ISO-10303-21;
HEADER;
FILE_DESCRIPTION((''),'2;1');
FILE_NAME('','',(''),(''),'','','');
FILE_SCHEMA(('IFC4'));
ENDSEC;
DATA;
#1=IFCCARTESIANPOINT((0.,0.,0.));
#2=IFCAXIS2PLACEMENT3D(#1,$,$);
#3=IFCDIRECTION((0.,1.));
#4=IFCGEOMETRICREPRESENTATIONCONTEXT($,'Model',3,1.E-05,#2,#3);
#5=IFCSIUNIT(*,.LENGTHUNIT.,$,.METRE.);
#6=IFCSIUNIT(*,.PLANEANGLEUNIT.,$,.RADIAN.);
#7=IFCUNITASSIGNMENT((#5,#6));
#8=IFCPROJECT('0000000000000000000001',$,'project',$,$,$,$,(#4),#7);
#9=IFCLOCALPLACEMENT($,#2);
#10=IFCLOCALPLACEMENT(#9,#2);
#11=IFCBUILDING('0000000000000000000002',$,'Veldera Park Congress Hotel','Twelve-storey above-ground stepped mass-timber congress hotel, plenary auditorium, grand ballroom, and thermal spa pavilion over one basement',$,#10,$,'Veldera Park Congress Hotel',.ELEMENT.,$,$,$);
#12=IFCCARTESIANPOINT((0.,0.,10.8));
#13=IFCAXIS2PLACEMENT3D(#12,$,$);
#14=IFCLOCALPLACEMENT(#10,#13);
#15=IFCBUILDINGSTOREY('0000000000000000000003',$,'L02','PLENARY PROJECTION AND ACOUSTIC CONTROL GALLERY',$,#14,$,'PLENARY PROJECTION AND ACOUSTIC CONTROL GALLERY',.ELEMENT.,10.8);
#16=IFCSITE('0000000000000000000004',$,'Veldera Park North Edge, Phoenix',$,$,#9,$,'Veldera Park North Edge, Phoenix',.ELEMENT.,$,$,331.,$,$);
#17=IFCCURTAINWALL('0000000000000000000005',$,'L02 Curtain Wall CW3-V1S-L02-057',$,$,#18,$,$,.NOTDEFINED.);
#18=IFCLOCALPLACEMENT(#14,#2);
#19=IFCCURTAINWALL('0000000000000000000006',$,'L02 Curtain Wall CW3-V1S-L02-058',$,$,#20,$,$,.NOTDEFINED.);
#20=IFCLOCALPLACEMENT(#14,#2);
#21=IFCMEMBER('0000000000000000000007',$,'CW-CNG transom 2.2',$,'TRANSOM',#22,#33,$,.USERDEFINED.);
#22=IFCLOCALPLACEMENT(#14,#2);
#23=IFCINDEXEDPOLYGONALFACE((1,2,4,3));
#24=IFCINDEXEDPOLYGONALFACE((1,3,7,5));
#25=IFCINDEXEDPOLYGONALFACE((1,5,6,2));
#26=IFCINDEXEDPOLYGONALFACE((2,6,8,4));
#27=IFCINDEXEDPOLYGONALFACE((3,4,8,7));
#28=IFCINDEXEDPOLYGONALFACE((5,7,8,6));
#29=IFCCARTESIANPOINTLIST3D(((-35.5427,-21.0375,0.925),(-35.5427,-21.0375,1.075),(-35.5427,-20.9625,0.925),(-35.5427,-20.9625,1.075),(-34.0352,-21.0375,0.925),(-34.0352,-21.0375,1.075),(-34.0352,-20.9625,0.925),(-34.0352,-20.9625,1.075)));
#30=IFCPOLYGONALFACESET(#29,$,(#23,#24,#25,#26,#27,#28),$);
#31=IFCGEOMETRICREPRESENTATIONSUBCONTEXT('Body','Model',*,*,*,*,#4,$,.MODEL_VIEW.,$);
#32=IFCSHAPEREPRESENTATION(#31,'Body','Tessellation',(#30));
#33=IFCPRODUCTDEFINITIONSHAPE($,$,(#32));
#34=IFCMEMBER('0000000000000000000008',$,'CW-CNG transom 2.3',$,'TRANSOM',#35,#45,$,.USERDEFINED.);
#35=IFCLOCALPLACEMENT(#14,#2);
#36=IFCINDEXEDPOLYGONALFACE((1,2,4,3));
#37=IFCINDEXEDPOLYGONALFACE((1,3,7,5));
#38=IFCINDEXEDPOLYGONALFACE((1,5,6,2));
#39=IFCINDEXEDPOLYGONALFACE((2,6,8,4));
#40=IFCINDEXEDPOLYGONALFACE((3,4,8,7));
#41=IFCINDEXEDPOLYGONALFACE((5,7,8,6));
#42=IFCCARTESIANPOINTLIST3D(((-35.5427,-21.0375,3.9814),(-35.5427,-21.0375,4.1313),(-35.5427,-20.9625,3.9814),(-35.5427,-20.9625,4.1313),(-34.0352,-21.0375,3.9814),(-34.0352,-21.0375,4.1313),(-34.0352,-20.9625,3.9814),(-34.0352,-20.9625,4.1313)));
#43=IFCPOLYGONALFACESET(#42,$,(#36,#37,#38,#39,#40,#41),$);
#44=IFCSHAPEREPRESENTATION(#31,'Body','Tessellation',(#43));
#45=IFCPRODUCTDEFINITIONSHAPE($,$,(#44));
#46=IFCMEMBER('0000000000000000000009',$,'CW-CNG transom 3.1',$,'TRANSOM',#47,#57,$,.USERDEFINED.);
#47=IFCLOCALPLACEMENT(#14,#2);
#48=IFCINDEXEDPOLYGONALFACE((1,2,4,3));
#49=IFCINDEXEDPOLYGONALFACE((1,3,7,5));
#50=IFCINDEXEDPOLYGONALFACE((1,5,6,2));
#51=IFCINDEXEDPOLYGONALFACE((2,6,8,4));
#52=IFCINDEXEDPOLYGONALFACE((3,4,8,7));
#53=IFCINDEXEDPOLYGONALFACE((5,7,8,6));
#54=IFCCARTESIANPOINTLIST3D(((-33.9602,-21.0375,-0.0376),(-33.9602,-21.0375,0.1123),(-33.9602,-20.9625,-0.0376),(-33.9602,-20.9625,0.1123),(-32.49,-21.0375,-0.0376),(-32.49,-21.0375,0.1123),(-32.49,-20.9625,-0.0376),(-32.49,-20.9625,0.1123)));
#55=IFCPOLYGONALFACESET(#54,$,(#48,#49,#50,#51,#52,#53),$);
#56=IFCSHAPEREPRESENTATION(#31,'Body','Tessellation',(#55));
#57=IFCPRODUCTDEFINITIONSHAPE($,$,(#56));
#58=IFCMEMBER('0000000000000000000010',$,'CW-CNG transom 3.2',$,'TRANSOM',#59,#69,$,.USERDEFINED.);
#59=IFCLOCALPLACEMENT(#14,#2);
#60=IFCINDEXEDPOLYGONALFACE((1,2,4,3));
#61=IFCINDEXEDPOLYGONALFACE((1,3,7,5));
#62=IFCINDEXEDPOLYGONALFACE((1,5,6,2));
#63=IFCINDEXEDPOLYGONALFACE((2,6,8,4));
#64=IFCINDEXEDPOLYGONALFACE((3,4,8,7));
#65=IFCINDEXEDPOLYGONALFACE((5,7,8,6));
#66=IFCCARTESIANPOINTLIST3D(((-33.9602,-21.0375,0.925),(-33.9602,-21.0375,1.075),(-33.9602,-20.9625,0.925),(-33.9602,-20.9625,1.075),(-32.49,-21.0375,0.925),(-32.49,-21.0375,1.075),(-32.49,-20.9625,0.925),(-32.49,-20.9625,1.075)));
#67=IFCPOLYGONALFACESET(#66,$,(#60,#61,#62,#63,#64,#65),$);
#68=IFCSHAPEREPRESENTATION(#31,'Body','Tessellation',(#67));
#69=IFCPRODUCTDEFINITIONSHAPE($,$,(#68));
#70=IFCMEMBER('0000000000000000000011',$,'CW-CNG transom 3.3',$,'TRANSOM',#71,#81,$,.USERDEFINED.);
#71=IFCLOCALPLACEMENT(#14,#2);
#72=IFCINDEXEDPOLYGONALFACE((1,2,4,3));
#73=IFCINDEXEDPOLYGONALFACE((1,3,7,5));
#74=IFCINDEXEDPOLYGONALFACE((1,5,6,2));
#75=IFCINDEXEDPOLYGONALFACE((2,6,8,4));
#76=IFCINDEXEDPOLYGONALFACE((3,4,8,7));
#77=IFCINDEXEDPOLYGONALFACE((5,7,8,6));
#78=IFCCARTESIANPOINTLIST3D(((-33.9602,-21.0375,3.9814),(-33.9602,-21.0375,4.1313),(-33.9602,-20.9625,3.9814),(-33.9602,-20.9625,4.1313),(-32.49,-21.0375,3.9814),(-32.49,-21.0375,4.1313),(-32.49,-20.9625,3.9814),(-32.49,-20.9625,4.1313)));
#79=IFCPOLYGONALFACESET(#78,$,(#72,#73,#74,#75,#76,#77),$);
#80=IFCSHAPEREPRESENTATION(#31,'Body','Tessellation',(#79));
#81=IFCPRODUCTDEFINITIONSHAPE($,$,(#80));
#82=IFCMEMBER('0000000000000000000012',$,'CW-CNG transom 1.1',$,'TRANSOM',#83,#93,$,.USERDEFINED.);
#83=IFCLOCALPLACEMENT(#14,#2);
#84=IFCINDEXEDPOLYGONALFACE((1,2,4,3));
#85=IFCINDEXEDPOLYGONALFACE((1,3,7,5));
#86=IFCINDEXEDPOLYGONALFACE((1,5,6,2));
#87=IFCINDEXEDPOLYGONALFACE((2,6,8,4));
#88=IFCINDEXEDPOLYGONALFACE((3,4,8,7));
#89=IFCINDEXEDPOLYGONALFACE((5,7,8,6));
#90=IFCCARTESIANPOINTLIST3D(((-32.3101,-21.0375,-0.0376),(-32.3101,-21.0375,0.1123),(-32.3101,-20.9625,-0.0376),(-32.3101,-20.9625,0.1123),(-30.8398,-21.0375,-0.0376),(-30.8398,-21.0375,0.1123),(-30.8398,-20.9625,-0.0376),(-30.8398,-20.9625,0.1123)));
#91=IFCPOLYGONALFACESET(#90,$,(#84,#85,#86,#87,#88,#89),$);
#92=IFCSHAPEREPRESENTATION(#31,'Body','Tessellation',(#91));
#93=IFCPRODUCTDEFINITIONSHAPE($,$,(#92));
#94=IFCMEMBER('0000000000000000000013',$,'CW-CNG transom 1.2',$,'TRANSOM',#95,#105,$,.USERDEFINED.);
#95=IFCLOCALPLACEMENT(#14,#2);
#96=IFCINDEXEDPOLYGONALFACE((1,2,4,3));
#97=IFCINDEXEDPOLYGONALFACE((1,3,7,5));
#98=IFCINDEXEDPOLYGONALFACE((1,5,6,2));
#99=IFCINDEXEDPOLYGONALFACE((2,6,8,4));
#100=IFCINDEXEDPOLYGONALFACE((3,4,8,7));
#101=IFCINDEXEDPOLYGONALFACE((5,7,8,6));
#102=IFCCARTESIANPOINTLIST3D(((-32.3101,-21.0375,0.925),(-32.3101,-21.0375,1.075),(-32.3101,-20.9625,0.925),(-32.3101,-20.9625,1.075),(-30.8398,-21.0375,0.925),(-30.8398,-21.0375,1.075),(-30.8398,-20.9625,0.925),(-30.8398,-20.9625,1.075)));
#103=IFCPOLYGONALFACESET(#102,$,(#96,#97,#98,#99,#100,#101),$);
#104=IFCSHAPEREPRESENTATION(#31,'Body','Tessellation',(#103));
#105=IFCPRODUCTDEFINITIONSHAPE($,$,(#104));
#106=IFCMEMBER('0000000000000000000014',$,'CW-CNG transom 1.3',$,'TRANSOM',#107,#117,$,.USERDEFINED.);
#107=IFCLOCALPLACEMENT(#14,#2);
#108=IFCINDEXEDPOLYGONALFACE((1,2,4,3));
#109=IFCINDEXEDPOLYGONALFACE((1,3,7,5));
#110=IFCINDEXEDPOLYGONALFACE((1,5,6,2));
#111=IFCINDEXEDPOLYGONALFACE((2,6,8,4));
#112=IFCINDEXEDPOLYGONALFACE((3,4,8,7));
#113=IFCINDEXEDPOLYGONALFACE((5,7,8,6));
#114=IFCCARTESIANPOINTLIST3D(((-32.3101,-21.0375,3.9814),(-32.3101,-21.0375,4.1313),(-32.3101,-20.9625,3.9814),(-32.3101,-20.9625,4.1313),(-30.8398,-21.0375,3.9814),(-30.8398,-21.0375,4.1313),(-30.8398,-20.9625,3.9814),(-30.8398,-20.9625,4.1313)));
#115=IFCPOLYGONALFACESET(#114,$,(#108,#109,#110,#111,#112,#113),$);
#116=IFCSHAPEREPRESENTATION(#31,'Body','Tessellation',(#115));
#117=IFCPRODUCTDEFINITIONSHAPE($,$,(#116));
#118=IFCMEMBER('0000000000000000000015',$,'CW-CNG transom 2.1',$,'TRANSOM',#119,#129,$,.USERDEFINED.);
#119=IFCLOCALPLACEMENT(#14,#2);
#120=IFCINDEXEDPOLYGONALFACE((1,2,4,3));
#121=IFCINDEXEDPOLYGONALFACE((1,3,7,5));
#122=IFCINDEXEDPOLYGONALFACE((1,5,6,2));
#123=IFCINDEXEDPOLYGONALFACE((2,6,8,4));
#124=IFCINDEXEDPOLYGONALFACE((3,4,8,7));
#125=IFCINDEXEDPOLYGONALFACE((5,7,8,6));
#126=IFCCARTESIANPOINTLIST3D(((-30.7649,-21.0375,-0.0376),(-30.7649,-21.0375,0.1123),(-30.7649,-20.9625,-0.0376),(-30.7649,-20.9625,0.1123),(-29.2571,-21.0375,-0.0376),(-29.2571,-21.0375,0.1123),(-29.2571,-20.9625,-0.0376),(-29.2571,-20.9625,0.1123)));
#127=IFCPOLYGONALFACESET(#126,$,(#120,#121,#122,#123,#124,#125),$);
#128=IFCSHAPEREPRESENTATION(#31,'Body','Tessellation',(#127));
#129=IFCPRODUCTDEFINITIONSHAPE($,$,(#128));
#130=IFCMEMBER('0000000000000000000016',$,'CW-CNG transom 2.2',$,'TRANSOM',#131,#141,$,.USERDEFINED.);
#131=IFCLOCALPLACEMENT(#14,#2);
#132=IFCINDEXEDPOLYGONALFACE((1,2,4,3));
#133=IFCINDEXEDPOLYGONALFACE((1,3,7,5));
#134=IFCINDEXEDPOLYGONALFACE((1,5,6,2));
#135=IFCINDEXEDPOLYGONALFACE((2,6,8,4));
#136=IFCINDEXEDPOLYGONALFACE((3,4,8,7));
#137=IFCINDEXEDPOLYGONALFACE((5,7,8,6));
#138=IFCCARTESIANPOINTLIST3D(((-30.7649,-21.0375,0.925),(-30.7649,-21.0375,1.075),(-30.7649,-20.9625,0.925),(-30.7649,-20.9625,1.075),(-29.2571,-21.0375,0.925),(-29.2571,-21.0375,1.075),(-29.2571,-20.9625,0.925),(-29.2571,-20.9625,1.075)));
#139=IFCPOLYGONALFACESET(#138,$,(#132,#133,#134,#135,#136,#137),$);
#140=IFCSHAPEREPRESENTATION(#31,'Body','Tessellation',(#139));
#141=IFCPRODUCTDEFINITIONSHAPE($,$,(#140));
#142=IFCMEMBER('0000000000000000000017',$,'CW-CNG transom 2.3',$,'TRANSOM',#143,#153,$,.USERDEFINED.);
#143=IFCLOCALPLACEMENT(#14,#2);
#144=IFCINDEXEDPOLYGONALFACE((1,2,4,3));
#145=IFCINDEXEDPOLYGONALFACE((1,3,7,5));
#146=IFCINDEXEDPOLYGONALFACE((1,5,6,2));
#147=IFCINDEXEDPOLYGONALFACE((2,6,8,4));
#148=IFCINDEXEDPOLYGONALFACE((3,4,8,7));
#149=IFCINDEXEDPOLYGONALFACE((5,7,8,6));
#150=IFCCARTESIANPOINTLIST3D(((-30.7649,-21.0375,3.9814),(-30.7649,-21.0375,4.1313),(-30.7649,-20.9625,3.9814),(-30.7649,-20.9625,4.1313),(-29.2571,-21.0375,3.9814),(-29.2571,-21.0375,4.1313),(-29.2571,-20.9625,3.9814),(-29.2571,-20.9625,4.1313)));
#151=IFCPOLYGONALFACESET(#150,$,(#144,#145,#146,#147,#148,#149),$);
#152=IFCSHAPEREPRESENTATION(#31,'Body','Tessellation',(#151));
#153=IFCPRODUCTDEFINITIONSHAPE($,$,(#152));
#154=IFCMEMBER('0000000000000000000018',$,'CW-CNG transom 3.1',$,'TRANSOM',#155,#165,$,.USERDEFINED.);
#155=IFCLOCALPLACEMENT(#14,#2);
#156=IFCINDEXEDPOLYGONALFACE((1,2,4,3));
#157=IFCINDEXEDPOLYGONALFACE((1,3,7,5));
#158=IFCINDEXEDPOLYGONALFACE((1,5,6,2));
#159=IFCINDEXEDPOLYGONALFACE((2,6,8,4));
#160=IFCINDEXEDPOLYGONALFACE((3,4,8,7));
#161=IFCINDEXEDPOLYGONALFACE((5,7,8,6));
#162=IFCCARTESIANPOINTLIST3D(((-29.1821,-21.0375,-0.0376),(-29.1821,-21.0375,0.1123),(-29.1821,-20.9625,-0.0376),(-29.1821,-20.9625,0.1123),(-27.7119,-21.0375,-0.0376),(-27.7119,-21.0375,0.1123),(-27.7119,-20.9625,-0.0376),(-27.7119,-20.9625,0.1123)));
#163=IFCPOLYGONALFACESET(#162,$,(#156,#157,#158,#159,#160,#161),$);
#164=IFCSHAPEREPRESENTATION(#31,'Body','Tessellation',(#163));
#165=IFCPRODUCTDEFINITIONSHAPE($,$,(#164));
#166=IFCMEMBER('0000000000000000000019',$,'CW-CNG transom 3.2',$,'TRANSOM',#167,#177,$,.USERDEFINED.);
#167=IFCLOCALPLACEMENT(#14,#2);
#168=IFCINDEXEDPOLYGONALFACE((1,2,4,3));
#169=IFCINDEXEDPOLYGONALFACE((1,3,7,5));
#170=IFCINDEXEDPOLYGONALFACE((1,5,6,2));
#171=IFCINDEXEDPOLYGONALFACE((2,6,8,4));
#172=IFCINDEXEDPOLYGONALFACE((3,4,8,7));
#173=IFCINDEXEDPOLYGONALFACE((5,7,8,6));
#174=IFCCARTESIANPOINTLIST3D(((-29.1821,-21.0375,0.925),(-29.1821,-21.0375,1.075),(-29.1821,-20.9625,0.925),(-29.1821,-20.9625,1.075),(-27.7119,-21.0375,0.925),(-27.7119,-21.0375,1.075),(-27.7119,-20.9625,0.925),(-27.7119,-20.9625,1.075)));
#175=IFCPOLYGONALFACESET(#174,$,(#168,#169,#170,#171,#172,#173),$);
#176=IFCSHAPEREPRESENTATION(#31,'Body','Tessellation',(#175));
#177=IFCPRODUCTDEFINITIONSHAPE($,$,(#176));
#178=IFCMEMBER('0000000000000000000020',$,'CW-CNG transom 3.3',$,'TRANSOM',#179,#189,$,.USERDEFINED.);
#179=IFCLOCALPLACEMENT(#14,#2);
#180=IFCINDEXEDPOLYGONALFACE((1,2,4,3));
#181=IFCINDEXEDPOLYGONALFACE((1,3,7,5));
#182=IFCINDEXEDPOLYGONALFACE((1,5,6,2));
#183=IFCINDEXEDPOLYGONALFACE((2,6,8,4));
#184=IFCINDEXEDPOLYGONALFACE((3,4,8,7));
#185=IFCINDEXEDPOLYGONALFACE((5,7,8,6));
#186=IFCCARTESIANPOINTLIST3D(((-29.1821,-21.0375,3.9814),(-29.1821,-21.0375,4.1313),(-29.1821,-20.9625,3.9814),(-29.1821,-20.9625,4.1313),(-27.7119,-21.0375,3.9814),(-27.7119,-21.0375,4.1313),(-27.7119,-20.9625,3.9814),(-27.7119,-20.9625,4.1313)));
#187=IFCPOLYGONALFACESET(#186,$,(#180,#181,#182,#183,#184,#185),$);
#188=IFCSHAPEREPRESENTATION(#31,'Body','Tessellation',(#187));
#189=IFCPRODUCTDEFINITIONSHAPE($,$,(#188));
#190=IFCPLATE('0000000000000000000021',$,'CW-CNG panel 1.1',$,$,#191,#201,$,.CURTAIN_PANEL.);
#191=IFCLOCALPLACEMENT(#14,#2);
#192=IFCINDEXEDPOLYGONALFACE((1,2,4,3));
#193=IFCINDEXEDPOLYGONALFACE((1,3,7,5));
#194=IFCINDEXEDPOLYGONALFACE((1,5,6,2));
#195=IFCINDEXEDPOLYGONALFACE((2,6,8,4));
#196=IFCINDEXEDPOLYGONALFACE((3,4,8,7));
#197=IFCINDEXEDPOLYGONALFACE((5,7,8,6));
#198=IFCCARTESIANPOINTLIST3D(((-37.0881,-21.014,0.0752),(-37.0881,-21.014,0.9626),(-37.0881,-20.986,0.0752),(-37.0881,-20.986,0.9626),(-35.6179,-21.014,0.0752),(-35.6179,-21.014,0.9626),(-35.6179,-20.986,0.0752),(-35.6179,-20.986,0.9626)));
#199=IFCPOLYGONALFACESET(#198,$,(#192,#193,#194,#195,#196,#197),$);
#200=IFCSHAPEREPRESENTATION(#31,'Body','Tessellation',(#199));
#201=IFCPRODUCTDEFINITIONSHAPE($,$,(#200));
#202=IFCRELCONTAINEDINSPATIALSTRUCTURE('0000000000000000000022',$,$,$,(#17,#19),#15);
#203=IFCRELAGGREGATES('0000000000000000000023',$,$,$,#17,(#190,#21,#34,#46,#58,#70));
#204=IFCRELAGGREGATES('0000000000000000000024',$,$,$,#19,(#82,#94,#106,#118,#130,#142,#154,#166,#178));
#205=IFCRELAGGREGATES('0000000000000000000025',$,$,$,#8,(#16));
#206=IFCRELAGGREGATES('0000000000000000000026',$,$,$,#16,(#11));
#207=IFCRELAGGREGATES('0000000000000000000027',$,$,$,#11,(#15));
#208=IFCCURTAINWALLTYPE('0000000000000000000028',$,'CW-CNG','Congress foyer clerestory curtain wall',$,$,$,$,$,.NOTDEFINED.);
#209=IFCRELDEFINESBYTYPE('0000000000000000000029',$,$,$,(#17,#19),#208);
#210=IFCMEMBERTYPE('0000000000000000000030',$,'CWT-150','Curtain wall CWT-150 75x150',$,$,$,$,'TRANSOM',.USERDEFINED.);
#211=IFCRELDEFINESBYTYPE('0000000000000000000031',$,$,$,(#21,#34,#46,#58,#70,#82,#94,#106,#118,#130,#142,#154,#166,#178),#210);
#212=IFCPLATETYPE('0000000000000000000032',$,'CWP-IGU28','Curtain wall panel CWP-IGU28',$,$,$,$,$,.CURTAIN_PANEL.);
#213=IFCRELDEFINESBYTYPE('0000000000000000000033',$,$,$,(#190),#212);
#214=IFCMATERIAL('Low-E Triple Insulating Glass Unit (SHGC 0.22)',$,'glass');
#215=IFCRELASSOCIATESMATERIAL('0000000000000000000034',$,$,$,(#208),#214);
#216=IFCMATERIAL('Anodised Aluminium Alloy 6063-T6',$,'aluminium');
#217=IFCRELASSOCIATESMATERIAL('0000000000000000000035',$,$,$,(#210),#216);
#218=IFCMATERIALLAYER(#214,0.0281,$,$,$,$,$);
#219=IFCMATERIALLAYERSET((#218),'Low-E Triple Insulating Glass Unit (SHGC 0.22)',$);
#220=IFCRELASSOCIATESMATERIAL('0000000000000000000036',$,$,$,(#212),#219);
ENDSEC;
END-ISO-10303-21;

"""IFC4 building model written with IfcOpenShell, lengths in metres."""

from ifc_helpers import new_model, si_unit, direction, frame, origin, origin_2d, place, context, subcontext, project, spatial, rectangle, extrude, material, layer, layer_set, material_profile, profile_set, type_object, element, aggregate, save


model = new_model("IFC4")

# Units and contexts
model_context = context("Model", 3, precision=1e-05, world=origin(), true_north=direction((0.0, 1.0)))
body_context = subcontext(model_context, "Body", "Model", "MODEL_VIEW")
ifc_project = project(units=[si_unit("LENGTHUNIT", "METRE"), si_unit("PLANEANGLEUNIT", "RADIAN")], contexts=[model_context])

# Site, building, storey
site_placement = place(None, origin())
site = spatial("IfcSite", under=ifc_project, at=site_placement, Name="Veldera Park North Edge, Phoenix", LongName="Veldera Park North Edge, Phoenix", CompositionType="ELEMENT", RefElevation=331.0)
building_placement = place(site_placement, origin())
building = spatial("IfcBuilding", under=site, at=building_placement, Name="Veldera Park Congress Hotel", Description="Twelve-storey above-ground stepped mass-timber congress hotel, plenary auditorium, grand ballroom, and thermal spa pavilion over one basement", LongName="Veldera Park Congress Hotel", CompositionType="ELEMENT")
storey_placement = place(building_placement, frame((0.0, 0.0, 10.8)))
storey = spatial("IfcBuildingStorey", under=building, at=storey_placement, Name="L02", Description="PLENARY PROJECTION AND ACOUSTIC CONTROL GALLERY", LongName="PLENARY PROJECTION AND ACOUSTIC CONTROL GALLERY", CompositionType="ELEMENT", Elevation=10.8)

# Curtain walls
ifc_material_1 = material(Name="Low-E Triple Insulating Glass Unit (SHGC 0.22)", Category="glass")
curtain_wall_type = type_object("IfcCurtainWallType", Name="CW-CNG", Description="Congress foyer clerestory curtain wall", PredefinedType="NOTDEFINED", material=ifc_material_1)
curtain_wall_1_placement = place(storey_placement, origin())
curtain_wall_1 = element("IfcCurtainWall", 1, at=curtain_wall_1_placement, inside=storey, type_object=curtain_wall_type, Name="L02 Curtain Wall CW3-V1S-L02-057", PredefinedType="NOTDEFINED")
ifc_material_2 = material(Name="Anodised Aluminium Alloy 6063-T6", Category="aluminium")
curtain_wall_2_placement = place(storey_placement, origin())
curtain_wall_2 = element("IfcCurtainWall", 2, at=curtain_wall_2_placement, inside=storey, type_object=curtain_wall_type, Name="L02 Curtain Wall CW3-V1S-L02-058", PredefinedType="NOTDEFINED")

# Members
ifc_material_profile_1 = material_profile(ifc_material_2, rectangle(XDim=0.075, YDim=0.1499, at=origin_2d()), Name="ALU 75x150")
ifc_profile_set_1 = profile_set([ifc_material_profile_1], Name="Anodised Aluminium Alloy 6063-T6")
member_type_1 = type_object("IfcMemberType", Name="CWT-150", Description="Curtain wall CWT-150 75x150", ElementType="TRANSOM", PredefinedType="USERDEFINED", material=ifc_profile_set_1)
member_1_placement = place(storey_placement, frame((-35.5427, -21.0, 1.0), z_axis=(1.0, 0.0, 0.0), x_axis=(0.0, 1.0, 0.0)))
member_1 = element("IfcMember", 3, at=member_1_placement, type_object=member_type_1, Name="CW-CNG transom 2.2", ObjectType="TRANSOM", PredefinedType="USERDEFINED", context=body_context, shape_type="SweptSolid", body=[
    extrude(rectangle(XDim=0.075, YDim=0.1499, at=origin_2d()), origin(), (0.0, 0.0, 1.0), 1.5076),
])
member_2_placement = place(storey_placement, frame((-35.5427, -21.0, 4.0564), z_axis=(1.0, 0.0, 0.0), x_axis=(0.0, 1.0, 0.0)))
member_2 = element("IfcMember", 4, at=member_2_placement, type_object=member_type_1, Name="CW-CNG transom 2.3", ObjectType="TRANSOM", PredefinedType="USERDEFINED", context=body_context, shape_type="SweptSolid", body=[
    extrude(rectangle(XDim=0.075, YDim=0.1499, at=origin_2d()), origin(), (0.0, 0.0, 1.0), 1.5076),
])
member_3_placement = place(storey_placement, frame((-33.9602, -21.0, 0.0374), z_axis=(1.0, 0.0, 0.0), x_axis=(0.0, 1.0, 0.0)))
member_3 = element("IfcMember", 5, at=member_3_placement, type_object=member_type_1, Name="CW-CNG transom 3.1", ObjectType="TRANSOM", PredefinedType="USERDEFINED", context=body_context, shape_type="SweptSolid", body=[
    extrude(rectangle(XDim=0.075, YDim=0.1499, at=origin_2d()), origin(), (0.0, 0.0, 1.0), 1.4702),
])
member_4_placement = place(storey_placement, frame((-33.9602, -21.0, 1.0), z_axis=(1.0, 0.0, 0.0), x_axis=(0.0, 1.0, 0.0)))
member_4 = element("IfcMember", 6, at=member_4_placement, type_object=member_type_1, Name="CW-CNG transom 3.2", ObjectType="TRANSOM", PredefinedType="USERDEFINED", context=body_context, shape_type="SweptSolid", body=[
    extrude(rectangle(XDim=0.075, YDim=0.1499, at=origin_2d()), origin(), (0.0, 0.0, 1.0), 1.4702),
])
member_5_placement = place(storey_placement, frame((-33.9602, -21.0, 4.0564), z_axis=(1.0, 0.0, 0.0), x_axis=(0.0, 1.0, 0.0)))
member_5 = element("IfcMember", 7, at=member_5_placement, type_object=member_type_1, Name="CW-CNG transom 3.3", ObjectType="TRANSOM", PredefinedType="USERDEFINED", context=body_context, shape_type="SweptSolid", body=[
    extrude(rectangle(XDim=0.075, YDim=0.1499, at=origin_2d()), origin(), (0.0, 0.0, 1.0), 1.4702),
])
member_6_placement = place(storey_placement, frame((-32.3101, -21.0, 0.0374), z_axis=(1.0, 0.0, 0.0), x_axis=(0.0, 1.0, 0.0)))
member_6 = element("IfcMember", 8, at=member_6_placement, type_object=member_type_1, Name="CW-CNG transom 1.1", ObjectType="TRANSOM", PredefinedType="USERDEFINED", context=body_context, shape_type="SweptSolid", body=[
    extrude(rectangle(XDim=0.075, YDim=0.1499, at=origin_2d()), origin(), (0.0, 0.0, 1.0), 1.4702),
])
member_7_placement = place(storey_placement, frame((-32.3101, -21.0, 1.0), z_axis=(1.0, 0.0, 0.0), x_axis=(0.0, 1.0, 0.0)))
member_7 = element("IfcMember", 9, at=member_7_placement, type_object=member_type_1, Name="CW-CNG transom 1.2", ObjectType="TRANSOM", PredefinedType="USERDEFINED", context=body_context, shape_type="SweptSolid", body=[
    extrude(rectangle(XDim=0.075, YDim=0.1499, at=origin_2d()), origin(), (0.0, 0.0, 1.0), 1.4702),
])
member_8_placement = place(storey_placement, frame((-32.3101, -21.0, 4.0564), z_axis=(1.0, 0.0, 0.0), x_axis=(0.0, 1.0, 0.0)))
member_8 = element("IfcMember", 10, at=member_8_placement, type_object=member_type_1, Name="CW-CNG transom 1.3", ObjectType="TRANSOM", PredefinedType="USERDEFINED", context=body_context, shape_type="SweptSolid", body=[
    extrude(rectangle(XDim=0.075, YDim=0.1499, at=origin_2d()), origin(), (0.0, 0.0, 1.0), 1.4702),
])
member_9_placement = place(storey_placement, frame((-30.7649, -21.0, 0.0374), z_axis=(1.0, 0.0, 0.0), x_axis=(0.0, 1.0, 0.0)))
member_9 = element("IfcMember", 11, at=member_9_placement, type_object=member_type_1, Name="CW-CNG transom 2.1", ObjectType="TRANSOM", PredefinedType="USERDEFINED", context=body_context, shape_type="SweptSolid", body=[
    extrude(rectangle(XDim=0.075, YDim=0.1499, at=origin_2d()), origin(), (0.0, 0.0, 1.0), 1.5078),
])
member_10_placement = place(storey_placement, frame((-30.7649, -21.0, 1.0), z_axis=(1.0, 0.0, 0.0), x_axis=(0.0, 1.0, 0.0)))
member_10 = element("IfcMember", 12, at=member_10_placement, type_object=member_type_1, Name="CW-CNG transom 2.2", ObjectType="TRANSOM", PredefinedType="USERDEFINED", context=body_context, shape_type="SweptSolid", body=[
    extrude(rectangle(XDim=0.075, YDim=0.1499, at=origin_2d()), origin(), (0.0, 0.0, 1.0), 1.5078),
])
member_11_placement = place(storey_placement, frame((-30.7649, -21.0, 4.0564), z_axis=(1.0, 0.0, 0.0), x_axis=(0.0, 1.0, 0.0)))
member_11 = element("IfcMember", 13, at=member_11_placement, type_object=member_type_1, Name="CW-CNG transom 2.3", ObjectType="TRANSOM", PredefinedType="USERDEFINED", context=body_context, shape_type="SweptSolid", body=[
    extrude(rectangle(XDim=0.075, YDim=0.1499, at=origin_2d()), origin(), (0.0, 0.0, 1.0), 1.5078),
])
member_12_placement = place(storey_placement, frame((-29.1821, -21.0, 0.0374), z_axis=(1.0, 0.0, 0.0), x_axis=(0.0, 1.0, 0.0)))
member_12 = element("IfcMember", 14, at=member_12_placement, type_object=member_type_1, Name="CW-CNG transom 3.1", ObjectType="TRANSOM", PredefinedType="USERDEFINED", context=body_context, shape_type="SweptSolid", body=[
    extrude(rectangle(XDim=0.075, YDim=0.1499, at=origin_2d()), origin(), (0.0, 0.0, 1.0), 1.4702),
])
member_13_placement = place(storey_placement, frame((-29.1821, -21.0, 1.0), z_axis=(1.0, 0.0, 0.0), x_axis=(0.0, 1.0, 0.0)))
member_13 = element("IfcMember", 15, at=member_13_placement, type_object=member_type_1, Name="CW-CNG transom 3.2", ObjectType="TRANSOM", PredefinedType="USERDEFINED", context=body_context, shape_type="SweptSolid", body=[
    extrude(rectangle(XDim=0.075, YDim=0.1499, at=origin_2d()), origin(), (0.0, 0.0, 1.0), 1.4702),
])
member_14_placement = place(storey_placement, frame((-29.1821, -21.0, 4.0564), z_axis=(1.0, 0.0, 0.0), x_axis=(0.0, 1.0, 0.0)))
member_14 = element("IfcMember", 16, at=member_14_placement, type_object=member_type_1, Name="CW-CNG transom 3.3", ObjectType="TRANSOM", PredefinedType="USERDEFINED", context=body_context, shape_type="SweptSolid", body=[
    extrude(rectangle(XDim=0.075, YDim=0.1499, at=origin_2d()), origin(), (0.0, 0.0, 1.0), 1.4702),
])

# Plate
ifc_layer = layer(ifc_material_1, 0.0281)
ifc_layer_set = layer_set([ifc_layer], Name="Low-E Triple Insulating Glass Unit (SHGC 0.22)")
plate_type = type_object("IfcPlateType", Name="CWP-IGU28", Description="Curtain wall panel CWP-IGU28", PredefinedType="CURTAIN_PANEL", material=ifc_layer_set)
plate_1_placement = place(storey_placement, frame((-36.353, -21.0, 0.0752), z_axis=(0.0, 0.0, 1.0), x_axis=(1.0, 0.0, 0.0)))
plate_1 = element("IfcPlate", 17, at=plate_1_placement, type_object=plate_type, Name="CW-CNG panel 1.1", PredefinedType="CURTAIN_PANEL", context=body_context, shape_type="SweptSolid", body=[
    extrude(rectangle(XDim=1.4702, YDim=0.0281, at=origin_2d()), origin(), (0.0, 0.0, 1.0), 0.8875),
])
aggregate(curtain_wall_1, [plate_1, member_1, member_2, member_3, member_4, member_5])
aggregate(curtain_wall_2, [member_6, member_7, member_8, member_9, member_10, member_11, member_12, member_13, member_14])

save(model, "model.ifc")
